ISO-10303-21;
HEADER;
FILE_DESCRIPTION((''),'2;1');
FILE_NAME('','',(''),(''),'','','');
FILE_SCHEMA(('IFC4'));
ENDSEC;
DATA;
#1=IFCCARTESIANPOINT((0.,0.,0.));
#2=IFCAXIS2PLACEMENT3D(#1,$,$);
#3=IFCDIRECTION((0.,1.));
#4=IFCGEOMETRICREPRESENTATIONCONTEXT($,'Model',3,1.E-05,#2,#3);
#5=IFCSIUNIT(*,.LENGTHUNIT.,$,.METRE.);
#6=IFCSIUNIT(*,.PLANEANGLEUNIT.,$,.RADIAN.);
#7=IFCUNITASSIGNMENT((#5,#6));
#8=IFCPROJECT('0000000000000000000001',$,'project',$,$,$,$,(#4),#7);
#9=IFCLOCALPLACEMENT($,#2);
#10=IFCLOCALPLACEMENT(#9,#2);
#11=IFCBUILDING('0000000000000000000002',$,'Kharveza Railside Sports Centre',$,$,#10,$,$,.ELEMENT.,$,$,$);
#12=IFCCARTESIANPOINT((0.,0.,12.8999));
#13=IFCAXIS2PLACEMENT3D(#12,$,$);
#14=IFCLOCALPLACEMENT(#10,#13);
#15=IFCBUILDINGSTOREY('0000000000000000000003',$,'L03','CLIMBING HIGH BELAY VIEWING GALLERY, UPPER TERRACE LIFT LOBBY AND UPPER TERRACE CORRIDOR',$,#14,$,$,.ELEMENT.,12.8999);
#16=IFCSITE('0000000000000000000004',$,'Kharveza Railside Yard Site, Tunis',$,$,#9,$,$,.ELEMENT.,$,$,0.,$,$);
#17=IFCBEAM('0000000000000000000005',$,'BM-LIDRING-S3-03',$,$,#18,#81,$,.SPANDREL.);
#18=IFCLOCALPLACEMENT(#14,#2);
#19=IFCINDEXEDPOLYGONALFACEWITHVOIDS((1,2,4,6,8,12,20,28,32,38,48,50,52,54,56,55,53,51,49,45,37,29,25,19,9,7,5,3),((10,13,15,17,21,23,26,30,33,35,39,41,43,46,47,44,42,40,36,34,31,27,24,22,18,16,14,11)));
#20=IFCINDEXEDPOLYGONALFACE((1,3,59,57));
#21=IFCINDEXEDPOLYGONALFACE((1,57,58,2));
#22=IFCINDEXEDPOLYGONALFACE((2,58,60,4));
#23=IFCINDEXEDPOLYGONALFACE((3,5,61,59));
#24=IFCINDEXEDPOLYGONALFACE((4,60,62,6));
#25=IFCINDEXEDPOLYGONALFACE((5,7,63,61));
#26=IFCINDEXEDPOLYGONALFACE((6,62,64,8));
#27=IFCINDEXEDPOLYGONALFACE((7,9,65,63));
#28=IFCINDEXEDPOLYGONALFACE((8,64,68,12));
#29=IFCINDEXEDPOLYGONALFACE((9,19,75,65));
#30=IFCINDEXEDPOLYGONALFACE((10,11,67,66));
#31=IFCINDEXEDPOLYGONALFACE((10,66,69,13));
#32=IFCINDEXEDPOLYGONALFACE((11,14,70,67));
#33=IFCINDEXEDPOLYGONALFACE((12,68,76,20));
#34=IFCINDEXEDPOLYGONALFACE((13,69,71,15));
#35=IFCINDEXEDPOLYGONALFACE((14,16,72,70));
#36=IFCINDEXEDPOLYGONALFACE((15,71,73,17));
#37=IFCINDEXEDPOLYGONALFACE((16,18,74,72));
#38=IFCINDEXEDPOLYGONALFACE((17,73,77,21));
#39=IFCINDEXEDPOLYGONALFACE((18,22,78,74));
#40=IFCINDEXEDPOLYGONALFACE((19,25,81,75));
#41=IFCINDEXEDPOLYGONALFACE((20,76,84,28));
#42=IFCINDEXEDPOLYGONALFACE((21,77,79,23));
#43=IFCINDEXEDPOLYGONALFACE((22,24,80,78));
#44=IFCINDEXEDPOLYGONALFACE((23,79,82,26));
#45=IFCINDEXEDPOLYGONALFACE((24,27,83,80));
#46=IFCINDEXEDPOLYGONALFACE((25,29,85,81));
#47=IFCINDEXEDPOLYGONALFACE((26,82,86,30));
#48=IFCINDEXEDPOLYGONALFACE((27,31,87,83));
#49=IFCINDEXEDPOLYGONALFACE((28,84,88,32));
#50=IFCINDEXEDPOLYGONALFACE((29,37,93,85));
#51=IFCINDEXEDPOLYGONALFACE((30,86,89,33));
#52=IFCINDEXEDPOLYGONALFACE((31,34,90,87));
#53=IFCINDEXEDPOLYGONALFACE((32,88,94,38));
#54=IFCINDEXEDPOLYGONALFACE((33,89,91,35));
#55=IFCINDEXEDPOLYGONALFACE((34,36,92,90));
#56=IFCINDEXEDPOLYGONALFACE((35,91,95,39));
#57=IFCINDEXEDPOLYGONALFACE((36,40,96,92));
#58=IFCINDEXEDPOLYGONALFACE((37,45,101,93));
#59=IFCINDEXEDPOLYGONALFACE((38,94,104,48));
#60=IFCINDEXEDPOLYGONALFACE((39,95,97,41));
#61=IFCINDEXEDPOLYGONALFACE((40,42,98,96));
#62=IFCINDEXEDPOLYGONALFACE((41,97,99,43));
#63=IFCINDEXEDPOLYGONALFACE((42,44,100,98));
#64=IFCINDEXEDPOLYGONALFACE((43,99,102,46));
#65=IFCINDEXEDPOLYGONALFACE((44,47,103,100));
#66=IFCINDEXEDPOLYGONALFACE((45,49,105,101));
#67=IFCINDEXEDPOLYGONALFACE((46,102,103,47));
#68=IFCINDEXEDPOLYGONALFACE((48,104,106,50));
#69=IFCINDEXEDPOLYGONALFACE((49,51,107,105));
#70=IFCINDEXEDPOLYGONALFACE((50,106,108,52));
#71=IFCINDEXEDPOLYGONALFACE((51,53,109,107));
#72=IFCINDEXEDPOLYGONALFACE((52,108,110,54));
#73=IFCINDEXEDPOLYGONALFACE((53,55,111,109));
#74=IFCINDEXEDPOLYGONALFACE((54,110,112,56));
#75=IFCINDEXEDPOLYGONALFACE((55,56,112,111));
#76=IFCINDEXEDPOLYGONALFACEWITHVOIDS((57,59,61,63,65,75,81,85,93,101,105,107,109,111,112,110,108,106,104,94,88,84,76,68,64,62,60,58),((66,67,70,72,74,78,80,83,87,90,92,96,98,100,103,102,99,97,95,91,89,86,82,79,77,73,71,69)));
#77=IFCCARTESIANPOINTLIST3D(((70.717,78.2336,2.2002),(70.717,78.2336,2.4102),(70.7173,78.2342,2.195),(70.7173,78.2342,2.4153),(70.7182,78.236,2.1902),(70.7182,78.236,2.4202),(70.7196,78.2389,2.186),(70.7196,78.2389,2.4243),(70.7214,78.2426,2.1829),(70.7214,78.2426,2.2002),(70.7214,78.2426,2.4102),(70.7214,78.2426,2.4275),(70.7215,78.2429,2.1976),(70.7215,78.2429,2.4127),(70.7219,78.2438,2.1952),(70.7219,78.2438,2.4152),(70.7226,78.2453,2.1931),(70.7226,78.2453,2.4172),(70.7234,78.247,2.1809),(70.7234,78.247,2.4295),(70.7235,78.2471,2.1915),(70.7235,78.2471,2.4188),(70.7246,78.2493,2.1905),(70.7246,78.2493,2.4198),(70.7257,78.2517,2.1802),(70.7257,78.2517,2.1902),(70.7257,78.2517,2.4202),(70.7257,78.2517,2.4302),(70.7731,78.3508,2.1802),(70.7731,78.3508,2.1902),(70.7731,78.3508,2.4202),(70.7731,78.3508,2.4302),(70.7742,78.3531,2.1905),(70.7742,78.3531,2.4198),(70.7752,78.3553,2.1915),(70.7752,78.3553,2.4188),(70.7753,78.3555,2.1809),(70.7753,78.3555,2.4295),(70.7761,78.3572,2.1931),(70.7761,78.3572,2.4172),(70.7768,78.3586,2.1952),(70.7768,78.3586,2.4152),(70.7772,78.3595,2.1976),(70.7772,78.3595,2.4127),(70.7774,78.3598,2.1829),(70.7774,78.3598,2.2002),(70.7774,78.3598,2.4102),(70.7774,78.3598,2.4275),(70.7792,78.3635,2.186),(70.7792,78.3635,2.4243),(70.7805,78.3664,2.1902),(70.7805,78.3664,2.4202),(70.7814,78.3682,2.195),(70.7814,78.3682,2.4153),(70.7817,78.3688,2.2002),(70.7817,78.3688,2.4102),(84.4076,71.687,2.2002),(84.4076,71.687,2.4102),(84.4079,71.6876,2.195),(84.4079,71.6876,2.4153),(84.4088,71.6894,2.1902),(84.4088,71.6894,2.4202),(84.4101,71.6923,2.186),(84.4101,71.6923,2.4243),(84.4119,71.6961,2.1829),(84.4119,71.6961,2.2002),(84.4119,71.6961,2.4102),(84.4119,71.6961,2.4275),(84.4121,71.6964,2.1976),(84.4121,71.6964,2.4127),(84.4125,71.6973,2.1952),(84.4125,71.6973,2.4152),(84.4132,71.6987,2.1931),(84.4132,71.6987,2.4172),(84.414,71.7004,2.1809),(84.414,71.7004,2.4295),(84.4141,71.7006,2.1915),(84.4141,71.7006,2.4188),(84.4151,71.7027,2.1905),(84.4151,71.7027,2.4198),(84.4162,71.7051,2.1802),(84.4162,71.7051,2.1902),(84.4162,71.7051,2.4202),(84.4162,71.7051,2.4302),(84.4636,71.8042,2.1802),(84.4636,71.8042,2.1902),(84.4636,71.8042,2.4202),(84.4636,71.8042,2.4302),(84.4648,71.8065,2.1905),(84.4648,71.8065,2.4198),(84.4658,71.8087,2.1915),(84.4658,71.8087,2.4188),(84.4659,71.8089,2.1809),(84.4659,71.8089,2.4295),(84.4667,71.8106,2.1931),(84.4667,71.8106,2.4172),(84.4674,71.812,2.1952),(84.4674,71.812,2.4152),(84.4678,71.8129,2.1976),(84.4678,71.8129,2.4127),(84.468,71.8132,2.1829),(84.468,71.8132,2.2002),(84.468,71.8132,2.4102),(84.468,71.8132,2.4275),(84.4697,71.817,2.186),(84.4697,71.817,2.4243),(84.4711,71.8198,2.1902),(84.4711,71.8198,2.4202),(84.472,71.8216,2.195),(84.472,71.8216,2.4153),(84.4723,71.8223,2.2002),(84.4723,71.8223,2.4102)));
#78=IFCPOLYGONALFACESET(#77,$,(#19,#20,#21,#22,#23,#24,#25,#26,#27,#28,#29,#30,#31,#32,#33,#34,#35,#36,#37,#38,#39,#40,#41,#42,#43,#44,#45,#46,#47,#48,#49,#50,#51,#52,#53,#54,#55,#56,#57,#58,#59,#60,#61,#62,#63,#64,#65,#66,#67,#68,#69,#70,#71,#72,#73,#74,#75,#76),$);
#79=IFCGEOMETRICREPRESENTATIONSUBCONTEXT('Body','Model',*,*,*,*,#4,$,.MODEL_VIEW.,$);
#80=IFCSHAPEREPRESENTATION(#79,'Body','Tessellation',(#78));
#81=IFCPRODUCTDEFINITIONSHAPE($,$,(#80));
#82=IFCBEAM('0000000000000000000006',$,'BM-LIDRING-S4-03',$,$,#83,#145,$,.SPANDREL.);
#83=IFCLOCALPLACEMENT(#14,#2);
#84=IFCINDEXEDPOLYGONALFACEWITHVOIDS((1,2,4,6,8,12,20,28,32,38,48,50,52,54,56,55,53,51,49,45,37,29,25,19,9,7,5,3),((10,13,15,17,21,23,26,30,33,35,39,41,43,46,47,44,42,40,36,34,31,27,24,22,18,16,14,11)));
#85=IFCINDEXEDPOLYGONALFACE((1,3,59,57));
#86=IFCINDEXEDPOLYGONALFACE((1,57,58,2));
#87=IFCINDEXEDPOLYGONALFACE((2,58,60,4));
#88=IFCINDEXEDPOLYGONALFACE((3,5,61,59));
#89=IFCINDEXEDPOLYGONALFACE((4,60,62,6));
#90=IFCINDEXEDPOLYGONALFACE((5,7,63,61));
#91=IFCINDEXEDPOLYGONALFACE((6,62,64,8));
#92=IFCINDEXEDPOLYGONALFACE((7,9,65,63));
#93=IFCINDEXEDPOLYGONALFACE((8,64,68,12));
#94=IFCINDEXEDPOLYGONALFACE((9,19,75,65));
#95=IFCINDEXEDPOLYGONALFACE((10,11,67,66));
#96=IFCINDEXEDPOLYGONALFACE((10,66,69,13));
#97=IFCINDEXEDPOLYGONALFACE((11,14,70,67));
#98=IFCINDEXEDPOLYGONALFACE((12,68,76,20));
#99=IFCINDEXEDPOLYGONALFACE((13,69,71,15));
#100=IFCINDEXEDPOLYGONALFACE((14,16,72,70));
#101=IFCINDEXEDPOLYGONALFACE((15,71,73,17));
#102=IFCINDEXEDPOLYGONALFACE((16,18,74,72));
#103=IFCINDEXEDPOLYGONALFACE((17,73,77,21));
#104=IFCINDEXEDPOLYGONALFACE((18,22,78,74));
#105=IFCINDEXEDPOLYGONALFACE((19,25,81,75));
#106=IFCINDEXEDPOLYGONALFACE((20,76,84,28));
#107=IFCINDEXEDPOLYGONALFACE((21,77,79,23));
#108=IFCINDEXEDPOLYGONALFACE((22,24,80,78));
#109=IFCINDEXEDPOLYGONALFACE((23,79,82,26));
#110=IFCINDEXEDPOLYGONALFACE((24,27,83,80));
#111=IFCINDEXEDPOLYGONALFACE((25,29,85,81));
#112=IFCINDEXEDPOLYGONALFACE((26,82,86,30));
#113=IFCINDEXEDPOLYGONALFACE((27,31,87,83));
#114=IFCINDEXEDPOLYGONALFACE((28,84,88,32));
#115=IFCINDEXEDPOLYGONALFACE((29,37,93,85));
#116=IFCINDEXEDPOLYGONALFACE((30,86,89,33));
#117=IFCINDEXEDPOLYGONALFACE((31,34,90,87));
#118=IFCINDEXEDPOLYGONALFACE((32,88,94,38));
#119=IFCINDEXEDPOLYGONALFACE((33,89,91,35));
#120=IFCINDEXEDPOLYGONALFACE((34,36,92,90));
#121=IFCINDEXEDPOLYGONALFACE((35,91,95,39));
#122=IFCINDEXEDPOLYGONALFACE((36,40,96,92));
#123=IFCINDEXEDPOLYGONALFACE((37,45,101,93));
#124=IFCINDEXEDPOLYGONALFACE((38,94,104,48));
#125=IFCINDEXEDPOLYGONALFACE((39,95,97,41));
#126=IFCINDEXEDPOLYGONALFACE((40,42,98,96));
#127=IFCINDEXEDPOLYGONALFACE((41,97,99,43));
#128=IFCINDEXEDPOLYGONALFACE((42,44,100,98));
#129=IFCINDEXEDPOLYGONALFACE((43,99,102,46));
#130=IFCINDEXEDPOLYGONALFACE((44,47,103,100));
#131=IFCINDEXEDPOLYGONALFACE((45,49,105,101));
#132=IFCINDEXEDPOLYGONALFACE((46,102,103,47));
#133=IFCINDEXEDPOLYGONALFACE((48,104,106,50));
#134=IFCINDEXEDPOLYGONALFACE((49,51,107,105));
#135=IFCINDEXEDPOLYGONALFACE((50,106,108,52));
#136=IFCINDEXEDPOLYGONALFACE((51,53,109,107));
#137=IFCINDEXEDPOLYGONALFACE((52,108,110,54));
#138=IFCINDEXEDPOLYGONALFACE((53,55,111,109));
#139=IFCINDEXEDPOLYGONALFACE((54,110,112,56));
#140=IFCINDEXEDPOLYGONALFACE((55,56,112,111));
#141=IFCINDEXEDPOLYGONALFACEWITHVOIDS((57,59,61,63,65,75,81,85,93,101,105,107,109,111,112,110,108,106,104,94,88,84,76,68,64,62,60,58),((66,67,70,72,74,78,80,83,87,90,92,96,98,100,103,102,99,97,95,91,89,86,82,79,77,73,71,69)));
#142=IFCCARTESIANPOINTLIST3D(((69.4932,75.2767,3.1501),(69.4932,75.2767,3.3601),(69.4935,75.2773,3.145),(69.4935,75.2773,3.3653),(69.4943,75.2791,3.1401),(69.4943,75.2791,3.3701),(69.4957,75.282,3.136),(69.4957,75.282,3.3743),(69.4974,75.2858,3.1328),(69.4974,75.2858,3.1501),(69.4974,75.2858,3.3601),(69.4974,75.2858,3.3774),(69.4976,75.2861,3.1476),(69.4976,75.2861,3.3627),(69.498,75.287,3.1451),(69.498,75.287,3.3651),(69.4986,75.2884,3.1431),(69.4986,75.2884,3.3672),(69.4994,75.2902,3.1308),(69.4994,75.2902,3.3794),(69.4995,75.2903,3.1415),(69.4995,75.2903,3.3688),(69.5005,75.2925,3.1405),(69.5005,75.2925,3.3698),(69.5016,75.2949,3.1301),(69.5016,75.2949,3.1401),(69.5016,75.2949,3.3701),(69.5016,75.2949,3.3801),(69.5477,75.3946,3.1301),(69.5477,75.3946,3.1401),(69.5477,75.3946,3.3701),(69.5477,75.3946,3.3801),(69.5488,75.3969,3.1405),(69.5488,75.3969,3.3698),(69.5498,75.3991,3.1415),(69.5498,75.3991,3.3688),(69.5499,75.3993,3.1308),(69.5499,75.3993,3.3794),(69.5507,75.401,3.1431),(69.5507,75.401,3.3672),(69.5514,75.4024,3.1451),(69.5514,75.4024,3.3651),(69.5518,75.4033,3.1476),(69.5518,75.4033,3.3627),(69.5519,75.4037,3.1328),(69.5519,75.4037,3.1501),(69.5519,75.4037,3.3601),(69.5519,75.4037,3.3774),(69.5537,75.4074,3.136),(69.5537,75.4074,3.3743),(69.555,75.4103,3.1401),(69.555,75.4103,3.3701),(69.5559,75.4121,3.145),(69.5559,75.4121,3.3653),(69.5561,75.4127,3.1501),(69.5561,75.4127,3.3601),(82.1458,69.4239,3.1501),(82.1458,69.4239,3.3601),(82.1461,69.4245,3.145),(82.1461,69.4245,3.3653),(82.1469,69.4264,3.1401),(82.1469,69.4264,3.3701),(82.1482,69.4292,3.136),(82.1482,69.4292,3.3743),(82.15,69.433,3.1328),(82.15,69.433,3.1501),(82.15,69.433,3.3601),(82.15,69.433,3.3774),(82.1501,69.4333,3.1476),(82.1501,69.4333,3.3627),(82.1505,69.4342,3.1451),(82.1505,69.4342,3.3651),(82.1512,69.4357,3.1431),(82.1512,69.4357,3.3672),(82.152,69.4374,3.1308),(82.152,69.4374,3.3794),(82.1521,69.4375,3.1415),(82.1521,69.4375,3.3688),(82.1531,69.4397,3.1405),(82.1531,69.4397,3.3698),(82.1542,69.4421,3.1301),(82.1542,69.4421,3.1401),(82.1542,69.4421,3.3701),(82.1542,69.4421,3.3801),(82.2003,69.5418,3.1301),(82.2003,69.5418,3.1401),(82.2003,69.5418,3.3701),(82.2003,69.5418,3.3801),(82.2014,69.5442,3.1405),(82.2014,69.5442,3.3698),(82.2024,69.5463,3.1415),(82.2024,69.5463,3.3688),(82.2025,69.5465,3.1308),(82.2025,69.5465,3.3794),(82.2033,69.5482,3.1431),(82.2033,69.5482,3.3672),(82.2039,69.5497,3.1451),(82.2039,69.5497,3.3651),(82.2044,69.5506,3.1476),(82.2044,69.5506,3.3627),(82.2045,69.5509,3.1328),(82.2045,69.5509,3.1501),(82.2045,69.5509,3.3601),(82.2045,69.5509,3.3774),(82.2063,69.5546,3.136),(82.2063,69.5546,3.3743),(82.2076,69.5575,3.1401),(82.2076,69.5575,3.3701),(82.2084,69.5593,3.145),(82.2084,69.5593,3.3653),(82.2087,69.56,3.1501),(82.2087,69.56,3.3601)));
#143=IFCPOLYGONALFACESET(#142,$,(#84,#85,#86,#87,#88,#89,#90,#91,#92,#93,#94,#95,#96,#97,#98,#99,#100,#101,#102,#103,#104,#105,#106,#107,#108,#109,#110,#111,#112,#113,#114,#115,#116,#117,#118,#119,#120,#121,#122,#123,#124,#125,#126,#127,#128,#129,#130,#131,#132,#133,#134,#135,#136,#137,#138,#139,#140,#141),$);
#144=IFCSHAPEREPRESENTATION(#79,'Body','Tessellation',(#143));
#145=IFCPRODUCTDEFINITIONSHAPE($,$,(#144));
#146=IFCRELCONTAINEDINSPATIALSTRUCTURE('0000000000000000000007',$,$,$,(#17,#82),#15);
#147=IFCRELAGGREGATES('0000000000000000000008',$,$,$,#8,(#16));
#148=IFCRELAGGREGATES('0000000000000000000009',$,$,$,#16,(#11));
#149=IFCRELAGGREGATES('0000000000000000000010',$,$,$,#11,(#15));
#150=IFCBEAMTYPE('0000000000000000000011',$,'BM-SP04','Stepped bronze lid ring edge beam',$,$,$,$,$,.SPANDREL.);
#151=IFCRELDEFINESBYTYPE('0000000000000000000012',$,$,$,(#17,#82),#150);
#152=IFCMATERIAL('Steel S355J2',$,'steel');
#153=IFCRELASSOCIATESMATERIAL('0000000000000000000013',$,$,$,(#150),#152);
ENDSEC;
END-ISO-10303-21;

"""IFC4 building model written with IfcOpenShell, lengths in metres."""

from ifc_helpers import new_model, si_unit, direction, frame, origin, origin_2d, place, context, subcontext, project, spatial, hollow_rectangle, extrude, material, material_profile, profile_set, type_object, element, save


model = new_model("IFC4")

# Units and contexts
model_context = context("Model", 3, precision=1e-05, world=origin(), true_north=direction((0.0, 1.0)))
body_context = subcontext(model_context, "Body", "Model", "MODEL_VIEW")
ifc_project = project(units=[si_unit("LENGTHUNIT", "METRE"), si_unit("PLANEANGLEUNIT", "RADIAN")], contexts=[model_context])

# Site, building, storey
site_placement = place(None, origin())
site = spatial("IfcSite", under=ifc_project, at=site_placement, Name="Kharveza Railside Yard Site, Tunis", CompositionType="ELEMENT", RefElevation=0.0)
building_placement = place(site_placement, origin())
building = spatial("IfcBuilding", under=site, at=building_placement, Name="Kharveza Railside Sports Centre", CompositionType="ELEMENT")
storey_placement = place(building_placement, frame((0.0, 0.0, 12.8999)))
storey = spatial("IfcBuildingStorey", under=building, at=storey_placement, Name="L03", Description="CLIMBING HIGH BELAY VIEWING GALLERY, UPPER TERRACE LIFT LOBBY AND UPPER TERRACE CORRIDOR", CompositionType="ELEMENT", Elevation=12.8999)

# Beams
ifc_material_1 = material(Name="Steel S355J2", Category="steel")
ifc_material_profile_1 = material_profile(ifc_material_1, hollow_rectangle(XDim=0.1499, YDim=0.25, WallThickness=0.01, InnerFilletRadius=0.01, OuterFilletRadius=0.02, at=origin_2d()), Name="RHS 150x250x10.0")
ifc_profile_set_1 = profile_set([ifc_material_profile_1], Name="Steel S355J2")
beam_type = type_object("IfcBeamType", Name="BM-SP04", Description="Stepped bronze lid ring edge beam", PredefinedType="SPANDREL", material=ifc_profile_set_1)
beam_1_placement = place(storey_placement, frame((84.4399, 71.7546, 2.3052), z_axis=(-0.902162, 0.431397, 0.0), x_axis=(-0.431397, -0.902162, 0.0)))
element("IfcBeam", 1, at=beam_1_placement, inside=storey, type_object=beam_type, Name="BM-LIDRING-S3-03", PredefinedType="SPANDREL", context=body_context, shape_type="SweptSolid", body=[
    extrude(hollow_rectangle(XDim=0.1499, YDim=0.25, WallThickness=0.01, InnerFilletRadius=0.01, OuterFilletRadius=0.02, at=origin_2d()), origin(), (0.0, 0.0, 1.0), 15.1753),
])
beam_2_placement = place(storey_placement, frame((82.1772, 69.4919, 3.2551), z_axis=(-0.907601, 0.419834, 0.0), x_axis=(-0.419834, -0.907601, 0.0)))
element("IfcBeam", 2, at=beam_2_placement, inside=storey, type_object=beam_type, Name="BM-LIDRING-S4-03", PredefinedType="SPANDREL", context=body_context, shape_type="SweptSolid", body=[
    extrude(hollow_rectangle(XDim=0.1499, YDim=0.25, WallThickness=0.01, InnerFilletRadius=0.01, OuterFilletRadius=0.02, at=origin_2d()), origin(), (0.0, 0.0, 1.0), 13.9407),
])

save(model, "model.ifc")
